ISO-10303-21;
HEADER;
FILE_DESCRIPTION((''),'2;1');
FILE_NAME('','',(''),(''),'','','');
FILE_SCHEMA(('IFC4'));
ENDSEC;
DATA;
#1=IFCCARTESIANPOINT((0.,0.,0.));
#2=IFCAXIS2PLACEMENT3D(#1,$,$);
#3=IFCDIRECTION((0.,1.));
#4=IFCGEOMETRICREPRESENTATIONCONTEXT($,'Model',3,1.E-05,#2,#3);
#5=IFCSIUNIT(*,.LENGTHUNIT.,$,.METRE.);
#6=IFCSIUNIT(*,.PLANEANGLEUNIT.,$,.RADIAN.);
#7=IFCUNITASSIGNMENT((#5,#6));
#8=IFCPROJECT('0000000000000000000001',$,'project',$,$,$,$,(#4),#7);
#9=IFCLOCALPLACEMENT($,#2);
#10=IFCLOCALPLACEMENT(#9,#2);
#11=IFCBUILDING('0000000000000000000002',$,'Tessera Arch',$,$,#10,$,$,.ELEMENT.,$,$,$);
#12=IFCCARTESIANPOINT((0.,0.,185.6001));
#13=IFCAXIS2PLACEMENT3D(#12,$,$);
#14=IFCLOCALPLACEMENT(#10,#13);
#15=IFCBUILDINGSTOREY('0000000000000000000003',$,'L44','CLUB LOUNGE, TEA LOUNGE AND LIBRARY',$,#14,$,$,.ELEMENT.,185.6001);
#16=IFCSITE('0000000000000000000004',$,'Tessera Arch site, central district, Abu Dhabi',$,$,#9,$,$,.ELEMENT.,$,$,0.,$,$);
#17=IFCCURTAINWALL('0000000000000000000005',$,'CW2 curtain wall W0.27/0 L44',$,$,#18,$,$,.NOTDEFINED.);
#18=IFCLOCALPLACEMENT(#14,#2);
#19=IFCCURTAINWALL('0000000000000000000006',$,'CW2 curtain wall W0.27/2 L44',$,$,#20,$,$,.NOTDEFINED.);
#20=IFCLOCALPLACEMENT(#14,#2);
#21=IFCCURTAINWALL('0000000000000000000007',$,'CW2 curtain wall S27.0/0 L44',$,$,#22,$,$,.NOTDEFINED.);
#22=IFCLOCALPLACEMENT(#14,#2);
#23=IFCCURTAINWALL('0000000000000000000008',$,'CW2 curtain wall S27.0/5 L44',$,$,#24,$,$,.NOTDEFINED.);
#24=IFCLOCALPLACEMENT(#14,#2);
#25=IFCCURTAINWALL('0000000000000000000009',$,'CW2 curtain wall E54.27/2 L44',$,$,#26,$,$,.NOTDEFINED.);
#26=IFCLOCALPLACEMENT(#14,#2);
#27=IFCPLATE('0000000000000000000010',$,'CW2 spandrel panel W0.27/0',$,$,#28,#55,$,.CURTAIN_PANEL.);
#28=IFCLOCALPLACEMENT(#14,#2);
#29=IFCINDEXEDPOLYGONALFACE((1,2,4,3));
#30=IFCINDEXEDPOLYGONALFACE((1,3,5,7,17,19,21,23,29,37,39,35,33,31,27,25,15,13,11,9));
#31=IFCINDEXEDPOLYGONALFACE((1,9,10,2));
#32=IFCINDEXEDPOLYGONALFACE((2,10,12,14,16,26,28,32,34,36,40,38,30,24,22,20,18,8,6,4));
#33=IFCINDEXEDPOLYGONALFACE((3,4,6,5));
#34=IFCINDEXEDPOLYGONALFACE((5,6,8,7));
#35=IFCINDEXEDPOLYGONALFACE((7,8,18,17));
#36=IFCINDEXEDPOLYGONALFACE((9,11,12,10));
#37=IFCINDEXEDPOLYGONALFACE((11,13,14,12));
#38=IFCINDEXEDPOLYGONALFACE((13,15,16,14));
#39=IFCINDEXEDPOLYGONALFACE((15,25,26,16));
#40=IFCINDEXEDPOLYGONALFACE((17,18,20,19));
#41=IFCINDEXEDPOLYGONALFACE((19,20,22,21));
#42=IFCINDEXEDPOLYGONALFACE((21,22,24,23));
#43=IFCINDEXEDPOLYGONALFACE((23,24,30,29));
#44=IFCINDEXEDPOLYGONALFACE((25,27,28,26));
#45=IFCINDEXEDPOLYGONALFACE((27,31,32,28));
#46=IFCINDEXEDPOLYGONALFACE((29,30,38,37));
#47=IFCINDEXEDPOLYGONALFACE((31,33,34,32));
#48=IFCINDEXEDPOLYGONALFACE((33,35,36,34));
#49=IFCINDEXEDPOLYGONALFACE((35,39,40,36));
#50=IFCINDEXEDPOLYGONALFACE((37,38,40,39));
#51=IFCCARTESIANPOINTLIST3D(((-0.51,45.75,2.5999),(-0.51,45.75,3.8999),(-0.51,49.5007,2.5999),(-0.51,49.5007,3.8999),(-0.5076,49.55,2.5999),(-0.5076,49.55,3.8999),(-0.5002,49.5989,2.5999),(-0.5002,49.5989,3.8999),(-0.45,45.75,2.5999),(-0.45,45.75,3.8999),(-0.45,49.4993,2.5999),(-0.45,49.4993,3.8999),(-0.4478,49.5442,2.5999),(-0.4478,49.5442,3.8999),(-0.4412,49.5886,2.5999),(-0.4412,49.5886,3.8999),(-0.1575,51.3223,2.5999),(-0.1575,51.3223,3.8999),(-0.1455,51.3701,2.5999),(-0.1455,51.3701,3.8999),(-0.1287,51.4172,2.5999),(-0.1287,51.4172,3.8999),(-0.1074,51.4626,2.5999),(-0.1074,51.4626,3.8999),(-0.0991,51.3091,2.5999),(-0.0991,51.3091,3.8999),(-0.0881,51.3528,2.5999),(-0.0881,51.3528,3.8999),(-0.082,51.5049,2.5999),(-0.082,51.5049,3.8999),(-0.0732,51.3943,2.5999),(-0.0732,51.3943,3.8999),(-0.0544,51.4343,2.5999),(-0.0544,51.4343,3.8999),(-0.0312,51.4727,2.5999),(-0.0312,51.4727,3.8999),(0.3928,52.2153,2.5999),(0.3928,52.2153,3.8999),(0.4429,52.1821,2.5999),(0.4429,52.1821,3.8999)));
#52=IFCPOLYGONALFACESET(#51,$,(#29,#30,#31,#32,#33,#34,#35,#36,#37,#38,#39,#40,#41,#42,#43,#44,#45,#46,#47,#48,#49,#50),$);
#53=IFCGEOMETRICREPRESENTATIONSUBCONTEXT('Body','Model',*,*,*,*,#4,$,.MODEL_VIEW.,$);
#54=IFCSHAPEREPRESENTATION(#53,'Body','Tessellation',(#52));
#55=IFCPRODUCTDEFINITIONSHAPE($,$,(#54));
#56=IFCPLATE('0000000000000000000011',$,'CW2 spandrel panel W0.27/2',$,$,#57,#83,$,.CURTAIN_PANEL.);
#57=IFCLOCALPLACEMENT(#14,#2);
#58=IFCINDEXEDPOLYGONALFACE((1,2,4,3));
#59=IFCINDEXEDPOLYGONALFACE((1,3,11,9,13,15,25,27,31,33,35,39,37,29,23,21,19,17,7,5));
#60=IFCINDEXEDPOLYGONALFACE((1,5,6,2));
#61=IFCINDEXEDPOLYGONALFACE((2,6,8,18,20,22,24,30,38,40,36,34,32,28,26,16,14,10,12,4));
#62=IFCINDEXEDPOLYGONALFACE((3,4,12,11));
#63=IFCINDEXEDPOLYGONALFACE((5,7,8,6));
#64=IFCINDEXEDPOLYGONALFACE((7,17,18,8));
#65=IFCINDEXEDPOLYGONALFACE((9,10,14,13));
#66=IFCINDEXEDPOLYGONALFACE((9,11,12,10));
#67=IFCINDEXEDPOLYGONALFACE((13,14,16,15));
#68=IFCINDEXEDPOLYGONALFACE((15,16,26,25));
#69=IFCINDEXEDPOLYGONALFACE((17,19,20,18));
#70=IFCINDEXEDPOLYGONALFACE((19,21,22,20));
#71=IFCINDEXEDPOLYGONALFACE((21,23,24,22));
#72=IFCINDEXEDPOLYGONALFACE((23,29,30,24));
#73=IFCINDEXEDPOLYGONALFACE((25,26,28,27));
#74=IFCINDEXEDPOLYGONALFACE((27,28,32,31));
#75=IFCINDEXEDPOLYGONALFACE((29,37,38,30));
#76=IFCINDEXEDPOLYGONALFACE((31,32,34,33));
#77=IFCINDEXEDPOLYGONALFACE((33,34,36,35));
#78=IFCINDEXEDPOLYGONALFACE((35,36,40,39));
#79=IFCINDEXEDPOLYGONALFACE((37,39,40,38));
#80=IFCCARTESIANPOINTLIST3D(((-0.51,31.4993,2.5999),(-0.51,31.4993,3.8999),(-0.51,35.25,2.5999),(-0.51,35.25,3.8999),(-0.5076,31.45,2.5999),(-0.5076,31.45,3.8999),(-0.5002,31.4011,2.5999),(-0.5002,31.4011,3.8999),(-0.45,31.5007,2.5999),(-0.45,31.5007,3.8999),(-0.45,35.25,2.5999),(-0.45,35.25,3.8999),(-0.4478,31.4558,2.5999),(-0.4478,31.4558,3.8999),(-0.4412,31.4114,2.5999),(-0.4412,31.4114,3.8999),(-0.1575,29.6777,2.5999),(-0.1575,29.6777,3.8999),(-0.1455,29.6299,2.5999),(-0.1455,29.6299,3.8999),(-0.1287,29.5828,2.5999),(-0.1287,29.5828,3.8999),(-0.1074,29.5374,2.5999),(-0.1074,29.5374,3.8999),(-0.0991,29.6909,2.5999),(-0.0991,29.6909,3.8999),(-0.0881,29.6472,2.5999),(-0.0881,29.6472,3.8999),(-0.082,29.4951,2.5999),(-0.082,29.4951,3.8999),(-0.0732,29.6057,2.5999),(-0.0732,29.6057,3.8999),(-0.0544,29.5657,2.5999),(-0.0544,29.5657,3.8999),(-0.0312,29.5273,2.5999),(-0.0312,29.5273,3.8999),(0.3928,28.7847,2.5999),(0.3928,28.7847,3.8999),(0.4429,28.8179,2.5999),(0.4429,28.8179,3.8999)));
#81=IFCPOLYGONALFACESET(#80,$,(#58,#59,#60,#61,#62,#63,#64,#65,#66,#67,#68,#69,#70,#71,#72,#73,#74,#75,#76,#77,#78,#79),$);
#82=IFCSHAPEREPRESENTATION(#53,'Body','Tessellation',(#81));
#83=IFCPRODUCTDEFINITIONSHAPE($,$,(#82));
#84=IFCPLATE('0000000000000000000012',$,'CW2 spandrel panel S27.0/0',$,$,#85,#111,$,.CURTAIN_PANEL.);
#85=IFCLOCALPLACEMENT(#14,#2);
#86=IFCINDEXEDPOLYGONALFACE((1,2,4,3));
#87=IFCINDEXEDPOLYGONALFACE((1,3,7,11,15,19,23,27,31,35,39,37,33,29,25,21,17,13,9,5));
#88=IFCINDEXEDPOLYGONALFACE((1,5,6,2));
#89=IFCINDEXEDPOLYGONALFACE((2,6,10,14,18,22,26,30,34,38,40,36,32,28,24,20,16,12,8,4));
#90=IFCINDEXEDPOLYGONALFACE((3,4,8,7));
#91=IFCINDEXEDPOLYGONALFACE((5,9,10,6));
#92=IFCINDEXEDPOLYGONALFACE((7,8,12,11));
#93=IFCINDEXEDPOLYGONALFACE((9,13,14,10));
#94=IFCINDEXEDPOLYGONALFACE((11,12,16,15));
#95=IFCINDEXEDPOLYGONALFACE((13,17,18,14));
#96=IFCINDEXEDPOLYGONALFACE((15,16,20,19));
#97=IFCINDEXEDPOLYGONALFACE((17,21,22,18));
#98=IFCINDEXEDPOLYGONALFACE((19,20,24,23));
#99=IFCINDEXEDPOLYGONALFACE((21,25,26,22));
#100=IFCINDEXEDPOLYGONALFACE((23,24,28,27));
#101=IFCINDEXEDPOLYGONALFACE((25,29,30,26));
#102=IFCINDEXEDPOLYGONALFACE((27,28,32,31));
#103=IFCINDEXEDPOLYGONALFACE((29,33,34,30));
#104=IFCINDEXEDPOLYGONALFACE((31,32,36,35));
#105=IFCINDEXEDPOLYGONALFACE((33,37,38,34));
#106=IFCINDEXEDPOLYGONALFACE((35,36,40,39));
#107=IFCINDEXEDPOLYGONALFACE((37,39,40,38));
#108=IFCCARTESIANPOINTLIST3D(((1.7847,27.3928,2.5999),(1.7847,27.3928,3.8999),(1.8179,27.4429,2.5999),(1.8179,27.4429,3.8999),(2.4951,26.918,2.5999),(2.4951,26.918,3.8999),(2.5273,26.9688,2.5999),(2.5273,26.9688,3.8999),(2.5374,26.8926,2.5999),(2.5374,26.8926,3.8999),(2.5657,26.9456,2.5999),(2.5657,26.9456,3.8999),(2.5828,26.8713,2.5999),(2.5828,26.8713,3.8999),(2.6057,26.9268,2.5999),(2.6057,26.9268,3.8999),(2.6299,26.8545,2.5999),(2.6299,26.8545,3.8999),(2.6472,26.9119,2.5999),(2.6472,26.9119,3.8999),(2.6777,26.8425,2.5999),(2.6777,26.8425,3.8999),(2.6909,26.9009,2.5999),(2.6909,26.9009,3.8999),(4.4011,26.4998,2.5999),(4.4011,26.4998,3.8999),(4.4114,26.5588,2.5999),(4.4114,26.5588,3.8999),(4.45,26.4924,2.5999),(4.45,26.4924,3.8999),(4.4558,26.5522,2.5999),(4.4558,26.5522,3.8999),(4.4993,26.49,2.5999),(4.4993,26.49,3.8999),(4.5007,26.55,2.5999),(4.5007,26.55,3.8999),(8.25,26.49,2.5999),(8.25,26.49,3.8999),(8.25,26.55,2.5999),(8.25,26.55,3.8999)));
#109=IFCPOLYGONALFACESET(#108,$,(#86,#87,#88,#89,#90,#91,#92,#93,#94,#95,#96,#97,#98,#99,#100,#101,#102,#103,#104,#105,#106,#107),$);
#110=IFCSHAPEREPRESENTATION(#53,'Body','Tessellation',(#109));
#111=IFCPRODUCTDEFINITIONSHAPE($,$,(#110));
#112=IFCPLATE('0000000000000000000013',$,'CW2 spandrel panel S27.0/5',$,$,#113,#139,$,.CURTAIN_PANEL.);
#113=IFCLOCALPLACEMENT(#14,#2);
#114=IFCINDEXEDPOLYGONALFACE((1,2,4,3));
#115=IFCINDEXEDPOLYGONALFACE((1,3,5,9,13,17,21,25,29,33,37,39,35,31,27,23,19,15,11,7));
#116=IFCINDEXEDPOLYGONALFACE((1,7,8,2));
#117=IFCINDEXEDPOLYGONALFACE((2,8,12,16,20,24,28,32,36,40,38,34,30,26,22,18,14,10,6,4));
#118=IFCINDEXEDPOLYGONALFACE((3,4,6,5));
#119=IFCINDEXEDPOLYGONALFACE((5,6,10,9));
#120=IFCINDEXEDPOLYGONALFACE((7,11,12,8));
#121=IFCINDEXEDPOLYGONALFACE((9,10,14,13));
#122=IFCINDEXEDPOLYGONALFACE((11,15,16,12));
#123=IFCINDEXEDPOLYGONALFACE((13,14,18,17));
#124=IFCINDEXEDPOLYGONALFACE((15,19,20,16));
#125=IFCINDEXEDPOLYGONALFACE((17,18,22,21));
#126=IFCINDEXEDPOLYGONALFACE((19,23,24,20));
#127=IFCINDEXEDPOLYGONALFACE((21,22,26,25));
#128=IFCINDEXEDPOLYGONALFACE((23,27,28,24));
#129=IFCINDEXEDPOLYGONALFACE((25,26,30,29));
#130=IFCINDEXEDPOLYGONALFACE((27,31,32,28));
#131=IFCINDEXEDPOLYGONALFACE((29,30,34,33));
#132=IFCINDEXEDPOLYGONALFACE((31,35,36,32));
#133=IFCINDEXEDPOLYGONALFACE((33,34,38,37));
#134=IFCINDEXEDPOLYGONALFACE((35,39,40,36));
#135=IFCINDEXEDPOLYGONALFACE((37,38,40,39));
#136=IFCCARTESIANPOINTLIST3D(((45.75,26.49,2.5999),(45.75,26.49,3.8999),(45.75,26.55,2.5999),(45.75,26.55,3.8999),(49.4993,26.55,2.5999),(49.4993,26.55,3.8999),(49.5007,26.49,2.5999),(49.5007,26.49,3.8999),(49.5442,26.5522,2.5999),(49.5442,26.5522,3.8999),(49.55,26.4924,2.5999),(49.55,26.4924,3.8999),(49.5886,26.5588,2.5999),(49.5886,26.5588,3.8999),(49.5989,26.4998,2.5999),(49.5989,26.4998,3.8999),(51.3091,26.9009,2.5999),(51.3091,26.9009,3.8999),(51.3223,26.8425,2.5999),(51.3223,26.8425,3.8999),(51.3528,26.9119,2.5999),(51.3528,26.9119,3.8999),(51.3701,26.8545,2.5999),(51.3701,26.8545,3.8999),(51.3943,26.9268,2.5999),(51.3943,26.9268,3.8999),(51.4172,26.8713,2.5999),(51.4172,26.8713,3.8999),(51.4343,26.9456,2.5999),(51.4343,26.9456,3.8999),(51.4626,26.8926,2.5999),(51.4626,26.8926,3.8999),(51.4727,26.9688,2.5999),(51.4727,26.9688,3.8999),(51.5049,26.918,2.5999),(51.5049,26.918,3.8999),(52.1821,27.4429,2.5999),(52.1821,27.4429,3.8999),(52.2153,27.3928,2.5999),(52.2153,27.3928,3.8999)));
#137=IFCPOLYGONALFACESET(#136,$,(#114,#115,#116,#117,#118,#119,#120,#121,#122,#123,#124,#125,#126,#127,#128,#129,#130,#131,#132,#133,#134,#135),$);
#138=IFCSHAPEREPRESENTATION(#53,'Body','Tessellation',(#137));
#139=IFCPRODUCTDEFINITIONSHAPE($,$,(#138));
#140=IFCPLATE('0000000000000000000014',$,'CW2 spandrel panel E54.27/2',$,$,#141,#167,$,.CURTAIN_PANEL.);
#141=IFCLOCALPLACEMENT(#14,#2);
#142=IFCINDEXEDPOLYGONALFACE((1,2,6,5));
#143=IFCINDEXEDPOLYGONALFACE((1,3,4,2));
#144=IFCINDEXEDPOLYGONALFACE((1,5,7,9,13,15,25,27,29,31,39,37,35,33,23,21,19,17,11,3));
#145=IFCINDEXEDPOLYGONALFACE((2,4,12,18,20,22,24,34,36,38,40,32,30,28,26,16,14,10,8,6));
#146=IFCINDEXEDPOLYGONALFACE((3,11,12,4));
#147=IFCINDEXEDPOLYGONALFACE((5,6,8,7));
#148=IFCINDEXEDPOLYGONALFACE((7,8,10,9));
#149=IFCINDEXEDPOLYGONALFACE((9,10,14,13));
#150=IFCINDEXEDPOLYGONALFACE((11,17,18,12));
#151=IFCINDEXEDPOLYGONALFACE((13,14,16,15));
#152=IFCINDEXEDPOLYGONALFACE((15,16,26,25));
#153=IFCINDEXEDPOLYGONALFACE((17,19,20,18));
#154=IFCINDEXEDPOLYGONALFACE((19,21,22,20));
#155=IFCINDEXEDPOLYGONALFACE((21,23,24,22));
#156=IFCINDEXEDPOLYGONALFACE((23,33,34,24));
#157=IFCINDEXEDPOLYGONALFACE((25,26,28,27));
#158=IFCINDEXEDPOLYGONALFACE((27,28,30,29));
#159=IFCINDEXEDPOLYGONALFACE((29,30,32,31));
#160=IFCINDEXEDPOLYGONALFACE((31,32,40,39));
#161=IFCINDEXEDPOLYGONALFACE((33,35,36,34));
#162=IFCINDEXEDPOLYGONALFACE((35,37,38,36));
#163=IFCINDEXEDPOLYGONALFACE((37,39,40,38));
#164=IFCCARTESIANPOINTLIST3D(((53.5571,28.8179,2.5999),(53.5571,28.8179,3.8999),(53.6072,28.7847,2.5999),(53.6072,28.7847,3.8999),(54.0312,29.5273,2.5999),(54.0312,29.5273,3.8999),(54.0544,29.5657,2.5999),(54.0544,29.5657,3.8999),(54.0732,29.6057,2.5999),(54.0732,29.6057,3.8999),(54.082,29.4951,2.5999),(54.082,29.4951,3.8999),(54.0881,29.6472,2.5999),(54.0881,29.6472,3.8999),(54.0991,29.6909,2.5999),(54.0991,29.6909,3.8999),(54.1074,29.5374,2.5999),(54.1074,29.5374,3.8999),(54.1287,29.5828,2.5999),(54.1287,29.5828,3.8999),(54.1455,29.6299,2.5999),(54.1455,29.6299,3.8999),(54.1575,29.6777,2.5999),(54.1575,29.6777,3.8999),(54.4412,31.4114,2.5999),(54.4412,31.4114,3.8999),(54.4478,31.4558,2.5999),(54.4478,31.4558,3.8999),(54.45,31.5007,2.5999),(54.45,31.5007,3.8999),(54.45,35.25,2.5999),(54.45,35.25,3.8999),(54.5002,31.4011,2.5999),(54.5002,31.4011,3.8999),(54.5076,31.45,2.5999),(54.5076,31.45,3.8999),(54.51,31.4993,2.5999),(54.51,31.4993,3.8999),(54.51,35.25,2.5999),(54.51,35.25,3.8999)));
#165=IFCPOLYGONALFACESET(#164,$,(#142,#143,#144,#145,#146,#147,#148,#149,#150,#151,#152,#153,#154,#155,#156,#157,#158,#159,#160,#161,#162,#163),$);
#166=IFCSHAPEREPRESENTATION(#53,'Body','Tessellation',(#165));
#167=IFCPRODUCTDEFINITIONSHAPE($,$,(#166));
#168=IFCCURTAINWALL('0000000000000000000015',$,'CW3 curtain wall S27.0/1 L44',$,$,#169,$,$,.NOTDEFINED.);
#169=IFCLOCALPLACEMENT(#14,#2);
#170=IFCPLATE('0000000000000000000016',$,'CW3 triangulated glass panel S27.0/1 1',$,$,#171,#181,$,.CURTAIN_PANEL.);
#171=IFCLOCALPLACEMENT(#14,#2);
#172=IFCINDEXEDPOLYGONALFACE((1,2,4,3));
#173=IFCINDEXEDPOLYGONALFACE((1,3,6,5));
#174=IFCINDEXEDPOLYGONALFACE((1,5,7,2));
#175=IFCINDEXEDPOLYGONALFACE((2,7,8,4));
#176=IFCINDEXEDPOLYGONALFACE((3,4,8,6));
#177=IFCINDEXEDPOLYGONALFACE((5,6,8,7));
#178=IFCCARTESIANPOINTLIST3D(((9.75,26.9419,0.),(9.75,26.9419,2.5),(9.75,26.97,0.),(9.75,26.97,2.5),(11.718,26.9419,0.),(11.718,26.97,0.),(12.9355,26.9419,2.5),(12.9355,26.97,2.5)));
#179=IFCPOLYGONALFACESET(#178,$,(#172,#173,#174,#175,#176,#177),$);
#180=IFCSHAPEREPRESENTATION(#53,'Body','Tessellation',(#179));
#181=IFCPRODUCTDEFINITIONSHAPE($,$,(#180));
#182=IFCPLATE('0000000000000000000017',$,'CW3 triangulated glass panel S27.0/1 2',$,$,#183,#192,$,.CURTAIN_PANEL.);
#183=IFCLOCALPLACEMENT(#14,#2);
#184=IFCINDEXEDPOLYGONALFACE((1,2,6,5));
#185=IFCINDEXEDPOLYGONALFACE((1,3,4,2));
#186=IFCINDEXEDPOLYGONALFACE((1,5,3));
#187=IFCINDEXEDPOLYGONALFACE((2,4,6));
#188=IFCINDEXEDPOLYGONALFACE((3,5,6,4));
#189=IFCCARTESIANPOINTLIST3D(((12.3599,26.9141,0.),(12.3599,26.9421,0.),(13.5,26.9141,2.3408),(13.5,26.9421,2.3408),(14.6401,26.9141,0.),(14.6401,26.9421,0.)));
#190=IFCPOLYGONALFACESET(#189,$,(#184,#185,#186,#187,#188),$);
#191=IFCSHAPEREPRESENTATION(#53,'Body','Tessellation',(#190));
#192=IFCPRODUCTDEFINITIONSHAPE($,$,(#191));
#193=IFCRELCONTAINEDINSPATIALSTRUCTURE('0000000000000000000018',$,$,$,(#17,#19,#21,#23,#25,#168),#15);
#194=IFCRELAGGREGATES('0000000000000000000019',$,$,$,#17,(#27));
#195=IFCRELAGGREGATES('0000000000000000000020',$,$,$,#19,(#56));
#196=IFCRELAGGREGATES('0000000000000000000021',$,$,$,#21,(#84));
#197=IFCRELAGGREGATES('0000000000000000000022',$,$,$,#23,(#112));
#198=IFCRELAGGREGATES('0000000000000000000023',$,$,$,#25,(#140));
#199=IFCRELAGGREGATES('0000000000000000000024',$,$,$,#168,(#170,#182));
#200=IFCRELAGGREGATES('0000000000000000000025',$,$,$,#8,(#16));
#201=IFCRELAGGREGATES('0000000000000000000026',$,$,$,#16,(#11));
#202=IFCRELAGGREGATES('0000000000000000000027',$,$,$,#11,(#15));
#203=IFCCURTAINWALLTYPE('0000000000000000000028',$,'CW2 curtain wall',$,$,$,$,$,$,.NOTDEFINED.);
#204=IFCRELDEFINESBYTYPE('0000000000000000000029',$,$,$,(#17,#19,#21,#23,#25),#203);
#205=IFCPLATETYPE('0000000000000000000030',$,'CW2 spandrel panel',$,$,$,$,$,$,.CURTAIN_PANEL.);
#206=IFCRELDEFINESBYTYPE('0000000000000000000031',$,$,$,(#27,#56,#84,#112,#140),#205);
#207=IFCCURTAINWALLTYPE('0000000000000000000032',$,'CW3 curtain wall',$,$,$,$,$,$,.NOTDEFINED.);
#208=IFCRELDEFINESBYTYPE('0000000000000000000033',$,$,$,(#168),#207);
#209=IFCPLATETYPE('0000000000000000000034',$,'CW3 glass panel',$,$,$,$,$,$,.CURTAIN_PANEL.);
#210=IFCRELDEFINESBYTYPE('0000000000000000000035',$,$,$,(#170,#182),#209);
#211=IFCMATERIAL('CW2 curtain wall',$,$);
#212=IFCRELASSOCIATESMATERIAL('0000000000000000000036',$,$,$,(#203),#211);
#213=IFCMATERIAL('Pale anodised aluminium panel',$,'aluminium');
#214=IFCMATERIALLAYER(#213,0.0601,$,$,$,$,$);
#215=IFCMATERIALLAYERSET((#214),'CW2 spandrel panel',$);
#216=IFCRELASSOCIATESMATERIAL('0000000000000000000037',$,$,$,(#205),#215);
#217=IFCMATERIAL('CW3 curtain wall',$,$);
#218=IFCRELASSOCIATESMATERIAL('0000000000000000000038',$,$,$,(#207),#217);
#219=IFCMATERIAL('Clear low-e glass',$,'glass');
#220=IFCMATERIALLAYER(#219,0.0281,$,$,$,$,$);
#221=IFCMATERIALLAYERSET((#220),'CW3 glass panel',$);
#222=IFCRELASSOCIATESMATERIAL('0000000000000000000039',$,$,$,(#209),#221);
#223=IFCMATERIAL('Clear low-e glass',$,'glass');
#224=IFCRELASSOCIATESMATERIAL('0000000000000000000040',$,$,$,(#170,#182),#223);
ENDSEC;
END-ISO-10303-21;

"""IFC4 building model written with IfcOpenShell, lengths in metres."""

from ifc_helpers import new_model, si_unit, direction, frame, origin, place, context, subcontext, project, spatial, polyline, outline, extrude, material, layer, layer_set, type_object, element, aggregate, save


model = new_model("IFC4")

# Units and contexts
model_context = context("Model", 3, precision=1e-05, world=origin(), true_north=direction((0.0, 1.0)))
body_context = subcontext(model_context, "Body", "Model", "MODEL_VIEW")
ifc_project = project(units=[si_unit("LENGTHUNIT", "METRE"), si_unit("PLANEANGLEUNIT", "RADIAN")], contexts=[model_context])

# Site, building, storey
site_placement = place(None, origin())
site = spatial("IfcSite", under=ifc_project, at=site_placement, Name="Tessera Arch site, central district, Abu Dhabi", CompositionType="ELEMENT", RefElevation=0.0)
building_placement = place(site_placement, origin())
building = spatial("IfcBuilding", under=site, at=building_placement, Name="Tessera Arch", CompositionType="ELEMENT")
storey_placement = place(building_placement, frame((0.0, 0.0, 185.6001)))
storey = spatial("IfcBuildingStorey", under=building, at=storey_placement, Name="L44", Description="CLUB LOUNGE, TEA LOUNGE AND LIBRARY", CompositionType="ELEMENT", Elevation=185.6001)

# Curtain walls
ifc_material_1 = material(Name="CW2 curtain wall")
curtain_wall_type_1 = type_object("IfcCurtainWallType", Name="CW2 curtain wall", PredefinedType="NOTDEFINED", material=ifc_material_1)
curtain_wall_1_placement = place(storey_placement, origin())
curtain_wall_1 = element("IfcCurtainWall", 1, at=curtain_wall_1_placement, inside=storey, type_object=curtain_wall_type_1, Name="CW2 curtain wall W0.27/0 L44", PredefinedType="NOTDEFINED")
curtain_wall_2_placement = place(storey_placement, origin())
curtain_wall_2 = element("IfcCurtainWall", 2, at=curtain_wall_2_placement, inside=storey, type_object=curtain_wall_type_1, Name="CW2 curtain wall W0.27/2 L44", PredefinedType="NOTDEFINED")
curtain_wall_3_placement = place(storey_placement, origin())
curtain_wall_3 = element("IfcCurtainWall", 3, at=curtain_wall_3_placement, inside=storey, type_object=curtain_wall_type_1, Name="CW2 curtain wall S27.0/0 L44", PredefinedType="NOTDEFINED")
curtain_wall_4_placement = place(storey_placement, origin())
curtain_wall_4 = element("IfcCurtainWall", 4, at=curtain_wall_4_placement, inside=storey, type_object=curtain_wall_type_1, Name="CW2 curtain wall S27.0/5 L44", PredefinedType="NOTDEFINED")
curtain_wall_5_placement = place(storey_placement, origin())
curtain_wall_5 = element("IfcCurtainWall", 5, at=curtain_wall_5_placement, inside=storey, type_object=curtain_wall_type_1, Name="CW2 curtain wall E54.27/2 L44", PredefinedType="NOTDEFINED")

# Plates
ifc_material_2 = material(Name="Clear low-e glass", Category="glass")
ifc_material_3 = material(Name="Pale anodised aluminium panel", Category="aluminium")
ifc_layer_1 = layer(ifc_material_3, 0.0601)
ifc_layer_set_1 = layer_set([ifc_layer_1], Name="CW2 spandrel panel")
plate_type_1 = type_object("IfcPlateType", Name="CW2 spandrel panel", PredefinedType="CURTAIN_PANEL", material=ifc_layer_set_1)
plate_1_placement = place(storey_placement, frame((0.0, 0.0, 2.5999)))
plate_1 = element("IfcPlate", 6, at=plate_1_placement, type_object=plate_type_1, Name="CW2 spandrel panel W0.27/0", PredefinedType="CURTAIN_PANEL", context=body_context, shape_type="SweptSolid", body=[
    extrude(outline(polyline([(-0.0312, 51.4727), (0.4429, 52.1821), (0.3928, 52.2153), (-0.082, 51.5049), (-0.1074, 51.4626), (-0.1287, 51.4172), (-0.1455, 51.3701), (-0.1575, 51.3223), (-0.5002, 49.5989), (-0.5076, 49.55), (-0.51, 49.5007), (-0.51, 45.75), (-0.45, 45.75), (-0.45, 49.4993), (-0.4478, 49.5442), (-0.4412, 49.5886), (-0.0991, 51.3091), (-0.0881, 51.3528), (-0.0732, 51.3943), (-0.0544, 51.4343), (-0.0312, 51.4727)])), origin(), (0.0, 0.0, 1.0), 1.3),
])
aggregate(curtain_wall_1, [plate_1])
plate_2_placement = place(storey_placement, frame((0.0, 0.0, 2.5999)))
plate_2 = element("IfcPlate", 7, at=plate_2_placement, type_object=plate_type_1, Name="CW2 spandrel panel W0.27/2", PredefinedType="CURTAIN_PANEL", context=body_context, shape_type="SweptSolid", body=[
    extrude(outline(polyline([(-0.45, 31.5007), (-0.45, 35.25), (-0.51, 35.25), (-0.51, 31.4993), (-0.5076, 31.45), (-0.5002, 31.4011), (-0.1575, 29.6777), (-0.1455, 29.6299), (-0.1287, 29.5828), (-0.1074, 29.5374), (-0.082, 29.4951), (0.3928, 28.7847), (0.4429, 28.8179), (-0.0312, 29.5273), (-0.0544, 29.5657), (-0.0732, 29.6057), (-0.0881, 29.6472), (-0.0991, 29.6909), (-0.4412, 31.4114), (-0.4478, 31.4558), (-0.45, 31.5007)])), origin(), (0.0, 0.0, 1.0), 1.3),
])
aggregate(curtain_wall_2, [plate_2])
plate_3_placement = place(storey_placement, frame((0.0, 0.0, 2.5999)))
plate_3 = element("IfcPlate", 8, at=plate_3_placement, type_object=plate_type_1, Name="CW2 spandrel panel S27.0/0", PredefinedType="CURTAIN_PANEL", context=body_context, shape_type="SweptSolid", body=[
    extrude(outline(polyline([(2.5273, 26.9688), (1.8179, 27.4429), (1.7847, 27.3928), (2.4951, 26.918), (2.5374, 26.8926), (2.5828, 26.8713), (2.6299, 26.8545), (2.6777, 26.8425), (4.4011, 26.4998), (4.45, 26.4924), (4.4993, 26.49), (8.25, 26.49), (8.25, 26.55), (4.5007, 26.55), (4.4558, 26.5522), (4.4114, 26.5588), (2.6909, 26.9009), (2.6472, 26.9119), (2.6057, 26.9268), (2.5657, 26.9456), (2.5273, 26.9688)])), origin(), (0.0, 0.0, 1.0), 1.3),
])
aggregate(curtain_wall_3, [plate_3])
plate_4_placement = place(storey_placement, frame((0.0, 0.0, 2.5999)))
plate_4 = element("IfcPlate", 9, at=plate_4_placement, type_object=plate_type_1, Name="CW2 spandrel panel S27.0/5", PredefinedType="CURTAIN_PANEL", context=body_context, shape_type="SweptSolid", body=[
    extrude(outline(polyline([(49.4993, 26.55), (45.75, 26.55), (45.75, 26.49), (49.5007, 26.49), (49.55, 26.4924), (49.5989, 26.4998), (51.3223, 26.8425), (51.3701, 26.8545), (51.4172, 26.8713), (51.4626, 26.8926), (51.5049, 26.918), (52.2153, 27.3928), (52.1821, 27.4429), (51.4727, 26.9688), (51.4343, 26.9456), (51.3943, 26.9268), (51.3528, 26.9119), (51.3091, 26.9009), (49.5886, 26.5588), (49.5442, 26.5522), (49.4993, 26.55)])), origin(), (0.0, 0.0, 1.0), 1.3),
])
aggregate(curtain_wall_4, [plate_4])
plate_5_placement = place(storey_placement, frame((0.0, 0.0, 2.5999)))
plate_5 = element("IfcPlate", 10, at=plate_5_placement, type_object=plate_type_1, Name="CW2 spandrel panel E54.27/2", PredefinedType="CURTAIN_PANEL", context=body_context, shape_type="SweptSolid", body=[
    extrude(outline(polyline([(54.0312, 29.5273), (53.5571, 28.8179), (53.6072, 28.7847), (54.082, 29.4951), (54.1074, 29.5374), (54.1287, 29.5828), (54.1455, 29.6299), (54.1575, 29.6777), (54.5002, 31.4011), (54.5076, 31.45), (54.51, 31.4993), (54.51, 35.25), (54.45, 35.25), (54.45, 31.5007), (54.4478, 31.4558), (54.4412, 31.4114), (54.0991, 29.6909), (54.0881, 29.6472), (54.0732, 29.6057), (54.0544, 29.5657), (54.0312, 29.5273)])), origin(), (0.0, 0.0, 1.0), 1.3),
])
aggregate(curtain_wall_5, [plate_5])

# Curtain wall, plates
ifc_material_4 = material(Name="CW3 curtain wall")
curtain_wall_type_2 = type_object("IfcCurtainWallType", Name="CW3 curtain wall", PredefinedType="NOTDEFINED", material=ifc_material_4)
curtain_wall_6_placement = place(storey_placement, origin())
curtain_wall_6 = element("IfcCurtainWall", 11, at=curtain_wall_6_placement, inside=storey, type_object=curtain_wall_type_2, Name="CW3 curtain wall S27.0/1 L44", PredefinedType="NOTDEFINED")
ifc_material_5 = material(Name="Clear low-e glass", Category="glass")
ifc_layer_2 = layer(ifc_material_5, 0.0281)
ifc_layer_set_2 = layer_set([ifc_layer_2], Name="CW3 glass panel")
plate_type_2 = type_object("IfcPlateType", Name="CW3 glass panel", PredefinedType="CURTAIN_PANEL", material=ifc_layer_set_2)
plate_6_placement = place(storey_placement, frame((9.75, 26.9419, 0.0), z_axis=(0.0, -1.0, 0.0), x_axis=(1.0, 0.0, 0.0)))
plate_6 = element("IfcPlate", 12, at=plate_6_placement, type_object=plate_type_2, material=ifc_material_2, Name="CW3 triangulated glass panel S27.0/1 1", PredefinedType="CURTAIN_PANEL", context=body_context, shape_type="SweptSolid", body=[
    extrude(outline(polyline([(0.0, 0.0), (1.968, 0.0), (3.1855, 2.5), (0.0, 2.5), (0.0, 0.0)])), origin(), (0.0, 0.0, -1.0), 0.0281),
])
plate_7_placement = place(storey_placement, frame((12.3599, 26.9141, 0.0), z_axis=(0.0, -1.0, 0.0), x_axis=(1.0, 0.0, 0.0)))
plate_7 = element("IfcPlate", 13, at=plate_7_placement, type_object=plate_type_2, material=ifc_material_2, Name="CW3 triangulated glass panel S27.0/1 2", PredefinedType="CURTAIN_PANEL", context=body_context, shape_type="SweptSolid", body=[
    extrude(outline(polyline([(0.0, 0.0), (2.2803, 0.0), (1.1401, 2.3408), (0.0, 0.0)])), origin(), (0.0, 0.0, -1.0), 0.0281),
])
aggregate(curtain_wall_6, [plate_6, plate_7])

save(model, "model.ifc")
